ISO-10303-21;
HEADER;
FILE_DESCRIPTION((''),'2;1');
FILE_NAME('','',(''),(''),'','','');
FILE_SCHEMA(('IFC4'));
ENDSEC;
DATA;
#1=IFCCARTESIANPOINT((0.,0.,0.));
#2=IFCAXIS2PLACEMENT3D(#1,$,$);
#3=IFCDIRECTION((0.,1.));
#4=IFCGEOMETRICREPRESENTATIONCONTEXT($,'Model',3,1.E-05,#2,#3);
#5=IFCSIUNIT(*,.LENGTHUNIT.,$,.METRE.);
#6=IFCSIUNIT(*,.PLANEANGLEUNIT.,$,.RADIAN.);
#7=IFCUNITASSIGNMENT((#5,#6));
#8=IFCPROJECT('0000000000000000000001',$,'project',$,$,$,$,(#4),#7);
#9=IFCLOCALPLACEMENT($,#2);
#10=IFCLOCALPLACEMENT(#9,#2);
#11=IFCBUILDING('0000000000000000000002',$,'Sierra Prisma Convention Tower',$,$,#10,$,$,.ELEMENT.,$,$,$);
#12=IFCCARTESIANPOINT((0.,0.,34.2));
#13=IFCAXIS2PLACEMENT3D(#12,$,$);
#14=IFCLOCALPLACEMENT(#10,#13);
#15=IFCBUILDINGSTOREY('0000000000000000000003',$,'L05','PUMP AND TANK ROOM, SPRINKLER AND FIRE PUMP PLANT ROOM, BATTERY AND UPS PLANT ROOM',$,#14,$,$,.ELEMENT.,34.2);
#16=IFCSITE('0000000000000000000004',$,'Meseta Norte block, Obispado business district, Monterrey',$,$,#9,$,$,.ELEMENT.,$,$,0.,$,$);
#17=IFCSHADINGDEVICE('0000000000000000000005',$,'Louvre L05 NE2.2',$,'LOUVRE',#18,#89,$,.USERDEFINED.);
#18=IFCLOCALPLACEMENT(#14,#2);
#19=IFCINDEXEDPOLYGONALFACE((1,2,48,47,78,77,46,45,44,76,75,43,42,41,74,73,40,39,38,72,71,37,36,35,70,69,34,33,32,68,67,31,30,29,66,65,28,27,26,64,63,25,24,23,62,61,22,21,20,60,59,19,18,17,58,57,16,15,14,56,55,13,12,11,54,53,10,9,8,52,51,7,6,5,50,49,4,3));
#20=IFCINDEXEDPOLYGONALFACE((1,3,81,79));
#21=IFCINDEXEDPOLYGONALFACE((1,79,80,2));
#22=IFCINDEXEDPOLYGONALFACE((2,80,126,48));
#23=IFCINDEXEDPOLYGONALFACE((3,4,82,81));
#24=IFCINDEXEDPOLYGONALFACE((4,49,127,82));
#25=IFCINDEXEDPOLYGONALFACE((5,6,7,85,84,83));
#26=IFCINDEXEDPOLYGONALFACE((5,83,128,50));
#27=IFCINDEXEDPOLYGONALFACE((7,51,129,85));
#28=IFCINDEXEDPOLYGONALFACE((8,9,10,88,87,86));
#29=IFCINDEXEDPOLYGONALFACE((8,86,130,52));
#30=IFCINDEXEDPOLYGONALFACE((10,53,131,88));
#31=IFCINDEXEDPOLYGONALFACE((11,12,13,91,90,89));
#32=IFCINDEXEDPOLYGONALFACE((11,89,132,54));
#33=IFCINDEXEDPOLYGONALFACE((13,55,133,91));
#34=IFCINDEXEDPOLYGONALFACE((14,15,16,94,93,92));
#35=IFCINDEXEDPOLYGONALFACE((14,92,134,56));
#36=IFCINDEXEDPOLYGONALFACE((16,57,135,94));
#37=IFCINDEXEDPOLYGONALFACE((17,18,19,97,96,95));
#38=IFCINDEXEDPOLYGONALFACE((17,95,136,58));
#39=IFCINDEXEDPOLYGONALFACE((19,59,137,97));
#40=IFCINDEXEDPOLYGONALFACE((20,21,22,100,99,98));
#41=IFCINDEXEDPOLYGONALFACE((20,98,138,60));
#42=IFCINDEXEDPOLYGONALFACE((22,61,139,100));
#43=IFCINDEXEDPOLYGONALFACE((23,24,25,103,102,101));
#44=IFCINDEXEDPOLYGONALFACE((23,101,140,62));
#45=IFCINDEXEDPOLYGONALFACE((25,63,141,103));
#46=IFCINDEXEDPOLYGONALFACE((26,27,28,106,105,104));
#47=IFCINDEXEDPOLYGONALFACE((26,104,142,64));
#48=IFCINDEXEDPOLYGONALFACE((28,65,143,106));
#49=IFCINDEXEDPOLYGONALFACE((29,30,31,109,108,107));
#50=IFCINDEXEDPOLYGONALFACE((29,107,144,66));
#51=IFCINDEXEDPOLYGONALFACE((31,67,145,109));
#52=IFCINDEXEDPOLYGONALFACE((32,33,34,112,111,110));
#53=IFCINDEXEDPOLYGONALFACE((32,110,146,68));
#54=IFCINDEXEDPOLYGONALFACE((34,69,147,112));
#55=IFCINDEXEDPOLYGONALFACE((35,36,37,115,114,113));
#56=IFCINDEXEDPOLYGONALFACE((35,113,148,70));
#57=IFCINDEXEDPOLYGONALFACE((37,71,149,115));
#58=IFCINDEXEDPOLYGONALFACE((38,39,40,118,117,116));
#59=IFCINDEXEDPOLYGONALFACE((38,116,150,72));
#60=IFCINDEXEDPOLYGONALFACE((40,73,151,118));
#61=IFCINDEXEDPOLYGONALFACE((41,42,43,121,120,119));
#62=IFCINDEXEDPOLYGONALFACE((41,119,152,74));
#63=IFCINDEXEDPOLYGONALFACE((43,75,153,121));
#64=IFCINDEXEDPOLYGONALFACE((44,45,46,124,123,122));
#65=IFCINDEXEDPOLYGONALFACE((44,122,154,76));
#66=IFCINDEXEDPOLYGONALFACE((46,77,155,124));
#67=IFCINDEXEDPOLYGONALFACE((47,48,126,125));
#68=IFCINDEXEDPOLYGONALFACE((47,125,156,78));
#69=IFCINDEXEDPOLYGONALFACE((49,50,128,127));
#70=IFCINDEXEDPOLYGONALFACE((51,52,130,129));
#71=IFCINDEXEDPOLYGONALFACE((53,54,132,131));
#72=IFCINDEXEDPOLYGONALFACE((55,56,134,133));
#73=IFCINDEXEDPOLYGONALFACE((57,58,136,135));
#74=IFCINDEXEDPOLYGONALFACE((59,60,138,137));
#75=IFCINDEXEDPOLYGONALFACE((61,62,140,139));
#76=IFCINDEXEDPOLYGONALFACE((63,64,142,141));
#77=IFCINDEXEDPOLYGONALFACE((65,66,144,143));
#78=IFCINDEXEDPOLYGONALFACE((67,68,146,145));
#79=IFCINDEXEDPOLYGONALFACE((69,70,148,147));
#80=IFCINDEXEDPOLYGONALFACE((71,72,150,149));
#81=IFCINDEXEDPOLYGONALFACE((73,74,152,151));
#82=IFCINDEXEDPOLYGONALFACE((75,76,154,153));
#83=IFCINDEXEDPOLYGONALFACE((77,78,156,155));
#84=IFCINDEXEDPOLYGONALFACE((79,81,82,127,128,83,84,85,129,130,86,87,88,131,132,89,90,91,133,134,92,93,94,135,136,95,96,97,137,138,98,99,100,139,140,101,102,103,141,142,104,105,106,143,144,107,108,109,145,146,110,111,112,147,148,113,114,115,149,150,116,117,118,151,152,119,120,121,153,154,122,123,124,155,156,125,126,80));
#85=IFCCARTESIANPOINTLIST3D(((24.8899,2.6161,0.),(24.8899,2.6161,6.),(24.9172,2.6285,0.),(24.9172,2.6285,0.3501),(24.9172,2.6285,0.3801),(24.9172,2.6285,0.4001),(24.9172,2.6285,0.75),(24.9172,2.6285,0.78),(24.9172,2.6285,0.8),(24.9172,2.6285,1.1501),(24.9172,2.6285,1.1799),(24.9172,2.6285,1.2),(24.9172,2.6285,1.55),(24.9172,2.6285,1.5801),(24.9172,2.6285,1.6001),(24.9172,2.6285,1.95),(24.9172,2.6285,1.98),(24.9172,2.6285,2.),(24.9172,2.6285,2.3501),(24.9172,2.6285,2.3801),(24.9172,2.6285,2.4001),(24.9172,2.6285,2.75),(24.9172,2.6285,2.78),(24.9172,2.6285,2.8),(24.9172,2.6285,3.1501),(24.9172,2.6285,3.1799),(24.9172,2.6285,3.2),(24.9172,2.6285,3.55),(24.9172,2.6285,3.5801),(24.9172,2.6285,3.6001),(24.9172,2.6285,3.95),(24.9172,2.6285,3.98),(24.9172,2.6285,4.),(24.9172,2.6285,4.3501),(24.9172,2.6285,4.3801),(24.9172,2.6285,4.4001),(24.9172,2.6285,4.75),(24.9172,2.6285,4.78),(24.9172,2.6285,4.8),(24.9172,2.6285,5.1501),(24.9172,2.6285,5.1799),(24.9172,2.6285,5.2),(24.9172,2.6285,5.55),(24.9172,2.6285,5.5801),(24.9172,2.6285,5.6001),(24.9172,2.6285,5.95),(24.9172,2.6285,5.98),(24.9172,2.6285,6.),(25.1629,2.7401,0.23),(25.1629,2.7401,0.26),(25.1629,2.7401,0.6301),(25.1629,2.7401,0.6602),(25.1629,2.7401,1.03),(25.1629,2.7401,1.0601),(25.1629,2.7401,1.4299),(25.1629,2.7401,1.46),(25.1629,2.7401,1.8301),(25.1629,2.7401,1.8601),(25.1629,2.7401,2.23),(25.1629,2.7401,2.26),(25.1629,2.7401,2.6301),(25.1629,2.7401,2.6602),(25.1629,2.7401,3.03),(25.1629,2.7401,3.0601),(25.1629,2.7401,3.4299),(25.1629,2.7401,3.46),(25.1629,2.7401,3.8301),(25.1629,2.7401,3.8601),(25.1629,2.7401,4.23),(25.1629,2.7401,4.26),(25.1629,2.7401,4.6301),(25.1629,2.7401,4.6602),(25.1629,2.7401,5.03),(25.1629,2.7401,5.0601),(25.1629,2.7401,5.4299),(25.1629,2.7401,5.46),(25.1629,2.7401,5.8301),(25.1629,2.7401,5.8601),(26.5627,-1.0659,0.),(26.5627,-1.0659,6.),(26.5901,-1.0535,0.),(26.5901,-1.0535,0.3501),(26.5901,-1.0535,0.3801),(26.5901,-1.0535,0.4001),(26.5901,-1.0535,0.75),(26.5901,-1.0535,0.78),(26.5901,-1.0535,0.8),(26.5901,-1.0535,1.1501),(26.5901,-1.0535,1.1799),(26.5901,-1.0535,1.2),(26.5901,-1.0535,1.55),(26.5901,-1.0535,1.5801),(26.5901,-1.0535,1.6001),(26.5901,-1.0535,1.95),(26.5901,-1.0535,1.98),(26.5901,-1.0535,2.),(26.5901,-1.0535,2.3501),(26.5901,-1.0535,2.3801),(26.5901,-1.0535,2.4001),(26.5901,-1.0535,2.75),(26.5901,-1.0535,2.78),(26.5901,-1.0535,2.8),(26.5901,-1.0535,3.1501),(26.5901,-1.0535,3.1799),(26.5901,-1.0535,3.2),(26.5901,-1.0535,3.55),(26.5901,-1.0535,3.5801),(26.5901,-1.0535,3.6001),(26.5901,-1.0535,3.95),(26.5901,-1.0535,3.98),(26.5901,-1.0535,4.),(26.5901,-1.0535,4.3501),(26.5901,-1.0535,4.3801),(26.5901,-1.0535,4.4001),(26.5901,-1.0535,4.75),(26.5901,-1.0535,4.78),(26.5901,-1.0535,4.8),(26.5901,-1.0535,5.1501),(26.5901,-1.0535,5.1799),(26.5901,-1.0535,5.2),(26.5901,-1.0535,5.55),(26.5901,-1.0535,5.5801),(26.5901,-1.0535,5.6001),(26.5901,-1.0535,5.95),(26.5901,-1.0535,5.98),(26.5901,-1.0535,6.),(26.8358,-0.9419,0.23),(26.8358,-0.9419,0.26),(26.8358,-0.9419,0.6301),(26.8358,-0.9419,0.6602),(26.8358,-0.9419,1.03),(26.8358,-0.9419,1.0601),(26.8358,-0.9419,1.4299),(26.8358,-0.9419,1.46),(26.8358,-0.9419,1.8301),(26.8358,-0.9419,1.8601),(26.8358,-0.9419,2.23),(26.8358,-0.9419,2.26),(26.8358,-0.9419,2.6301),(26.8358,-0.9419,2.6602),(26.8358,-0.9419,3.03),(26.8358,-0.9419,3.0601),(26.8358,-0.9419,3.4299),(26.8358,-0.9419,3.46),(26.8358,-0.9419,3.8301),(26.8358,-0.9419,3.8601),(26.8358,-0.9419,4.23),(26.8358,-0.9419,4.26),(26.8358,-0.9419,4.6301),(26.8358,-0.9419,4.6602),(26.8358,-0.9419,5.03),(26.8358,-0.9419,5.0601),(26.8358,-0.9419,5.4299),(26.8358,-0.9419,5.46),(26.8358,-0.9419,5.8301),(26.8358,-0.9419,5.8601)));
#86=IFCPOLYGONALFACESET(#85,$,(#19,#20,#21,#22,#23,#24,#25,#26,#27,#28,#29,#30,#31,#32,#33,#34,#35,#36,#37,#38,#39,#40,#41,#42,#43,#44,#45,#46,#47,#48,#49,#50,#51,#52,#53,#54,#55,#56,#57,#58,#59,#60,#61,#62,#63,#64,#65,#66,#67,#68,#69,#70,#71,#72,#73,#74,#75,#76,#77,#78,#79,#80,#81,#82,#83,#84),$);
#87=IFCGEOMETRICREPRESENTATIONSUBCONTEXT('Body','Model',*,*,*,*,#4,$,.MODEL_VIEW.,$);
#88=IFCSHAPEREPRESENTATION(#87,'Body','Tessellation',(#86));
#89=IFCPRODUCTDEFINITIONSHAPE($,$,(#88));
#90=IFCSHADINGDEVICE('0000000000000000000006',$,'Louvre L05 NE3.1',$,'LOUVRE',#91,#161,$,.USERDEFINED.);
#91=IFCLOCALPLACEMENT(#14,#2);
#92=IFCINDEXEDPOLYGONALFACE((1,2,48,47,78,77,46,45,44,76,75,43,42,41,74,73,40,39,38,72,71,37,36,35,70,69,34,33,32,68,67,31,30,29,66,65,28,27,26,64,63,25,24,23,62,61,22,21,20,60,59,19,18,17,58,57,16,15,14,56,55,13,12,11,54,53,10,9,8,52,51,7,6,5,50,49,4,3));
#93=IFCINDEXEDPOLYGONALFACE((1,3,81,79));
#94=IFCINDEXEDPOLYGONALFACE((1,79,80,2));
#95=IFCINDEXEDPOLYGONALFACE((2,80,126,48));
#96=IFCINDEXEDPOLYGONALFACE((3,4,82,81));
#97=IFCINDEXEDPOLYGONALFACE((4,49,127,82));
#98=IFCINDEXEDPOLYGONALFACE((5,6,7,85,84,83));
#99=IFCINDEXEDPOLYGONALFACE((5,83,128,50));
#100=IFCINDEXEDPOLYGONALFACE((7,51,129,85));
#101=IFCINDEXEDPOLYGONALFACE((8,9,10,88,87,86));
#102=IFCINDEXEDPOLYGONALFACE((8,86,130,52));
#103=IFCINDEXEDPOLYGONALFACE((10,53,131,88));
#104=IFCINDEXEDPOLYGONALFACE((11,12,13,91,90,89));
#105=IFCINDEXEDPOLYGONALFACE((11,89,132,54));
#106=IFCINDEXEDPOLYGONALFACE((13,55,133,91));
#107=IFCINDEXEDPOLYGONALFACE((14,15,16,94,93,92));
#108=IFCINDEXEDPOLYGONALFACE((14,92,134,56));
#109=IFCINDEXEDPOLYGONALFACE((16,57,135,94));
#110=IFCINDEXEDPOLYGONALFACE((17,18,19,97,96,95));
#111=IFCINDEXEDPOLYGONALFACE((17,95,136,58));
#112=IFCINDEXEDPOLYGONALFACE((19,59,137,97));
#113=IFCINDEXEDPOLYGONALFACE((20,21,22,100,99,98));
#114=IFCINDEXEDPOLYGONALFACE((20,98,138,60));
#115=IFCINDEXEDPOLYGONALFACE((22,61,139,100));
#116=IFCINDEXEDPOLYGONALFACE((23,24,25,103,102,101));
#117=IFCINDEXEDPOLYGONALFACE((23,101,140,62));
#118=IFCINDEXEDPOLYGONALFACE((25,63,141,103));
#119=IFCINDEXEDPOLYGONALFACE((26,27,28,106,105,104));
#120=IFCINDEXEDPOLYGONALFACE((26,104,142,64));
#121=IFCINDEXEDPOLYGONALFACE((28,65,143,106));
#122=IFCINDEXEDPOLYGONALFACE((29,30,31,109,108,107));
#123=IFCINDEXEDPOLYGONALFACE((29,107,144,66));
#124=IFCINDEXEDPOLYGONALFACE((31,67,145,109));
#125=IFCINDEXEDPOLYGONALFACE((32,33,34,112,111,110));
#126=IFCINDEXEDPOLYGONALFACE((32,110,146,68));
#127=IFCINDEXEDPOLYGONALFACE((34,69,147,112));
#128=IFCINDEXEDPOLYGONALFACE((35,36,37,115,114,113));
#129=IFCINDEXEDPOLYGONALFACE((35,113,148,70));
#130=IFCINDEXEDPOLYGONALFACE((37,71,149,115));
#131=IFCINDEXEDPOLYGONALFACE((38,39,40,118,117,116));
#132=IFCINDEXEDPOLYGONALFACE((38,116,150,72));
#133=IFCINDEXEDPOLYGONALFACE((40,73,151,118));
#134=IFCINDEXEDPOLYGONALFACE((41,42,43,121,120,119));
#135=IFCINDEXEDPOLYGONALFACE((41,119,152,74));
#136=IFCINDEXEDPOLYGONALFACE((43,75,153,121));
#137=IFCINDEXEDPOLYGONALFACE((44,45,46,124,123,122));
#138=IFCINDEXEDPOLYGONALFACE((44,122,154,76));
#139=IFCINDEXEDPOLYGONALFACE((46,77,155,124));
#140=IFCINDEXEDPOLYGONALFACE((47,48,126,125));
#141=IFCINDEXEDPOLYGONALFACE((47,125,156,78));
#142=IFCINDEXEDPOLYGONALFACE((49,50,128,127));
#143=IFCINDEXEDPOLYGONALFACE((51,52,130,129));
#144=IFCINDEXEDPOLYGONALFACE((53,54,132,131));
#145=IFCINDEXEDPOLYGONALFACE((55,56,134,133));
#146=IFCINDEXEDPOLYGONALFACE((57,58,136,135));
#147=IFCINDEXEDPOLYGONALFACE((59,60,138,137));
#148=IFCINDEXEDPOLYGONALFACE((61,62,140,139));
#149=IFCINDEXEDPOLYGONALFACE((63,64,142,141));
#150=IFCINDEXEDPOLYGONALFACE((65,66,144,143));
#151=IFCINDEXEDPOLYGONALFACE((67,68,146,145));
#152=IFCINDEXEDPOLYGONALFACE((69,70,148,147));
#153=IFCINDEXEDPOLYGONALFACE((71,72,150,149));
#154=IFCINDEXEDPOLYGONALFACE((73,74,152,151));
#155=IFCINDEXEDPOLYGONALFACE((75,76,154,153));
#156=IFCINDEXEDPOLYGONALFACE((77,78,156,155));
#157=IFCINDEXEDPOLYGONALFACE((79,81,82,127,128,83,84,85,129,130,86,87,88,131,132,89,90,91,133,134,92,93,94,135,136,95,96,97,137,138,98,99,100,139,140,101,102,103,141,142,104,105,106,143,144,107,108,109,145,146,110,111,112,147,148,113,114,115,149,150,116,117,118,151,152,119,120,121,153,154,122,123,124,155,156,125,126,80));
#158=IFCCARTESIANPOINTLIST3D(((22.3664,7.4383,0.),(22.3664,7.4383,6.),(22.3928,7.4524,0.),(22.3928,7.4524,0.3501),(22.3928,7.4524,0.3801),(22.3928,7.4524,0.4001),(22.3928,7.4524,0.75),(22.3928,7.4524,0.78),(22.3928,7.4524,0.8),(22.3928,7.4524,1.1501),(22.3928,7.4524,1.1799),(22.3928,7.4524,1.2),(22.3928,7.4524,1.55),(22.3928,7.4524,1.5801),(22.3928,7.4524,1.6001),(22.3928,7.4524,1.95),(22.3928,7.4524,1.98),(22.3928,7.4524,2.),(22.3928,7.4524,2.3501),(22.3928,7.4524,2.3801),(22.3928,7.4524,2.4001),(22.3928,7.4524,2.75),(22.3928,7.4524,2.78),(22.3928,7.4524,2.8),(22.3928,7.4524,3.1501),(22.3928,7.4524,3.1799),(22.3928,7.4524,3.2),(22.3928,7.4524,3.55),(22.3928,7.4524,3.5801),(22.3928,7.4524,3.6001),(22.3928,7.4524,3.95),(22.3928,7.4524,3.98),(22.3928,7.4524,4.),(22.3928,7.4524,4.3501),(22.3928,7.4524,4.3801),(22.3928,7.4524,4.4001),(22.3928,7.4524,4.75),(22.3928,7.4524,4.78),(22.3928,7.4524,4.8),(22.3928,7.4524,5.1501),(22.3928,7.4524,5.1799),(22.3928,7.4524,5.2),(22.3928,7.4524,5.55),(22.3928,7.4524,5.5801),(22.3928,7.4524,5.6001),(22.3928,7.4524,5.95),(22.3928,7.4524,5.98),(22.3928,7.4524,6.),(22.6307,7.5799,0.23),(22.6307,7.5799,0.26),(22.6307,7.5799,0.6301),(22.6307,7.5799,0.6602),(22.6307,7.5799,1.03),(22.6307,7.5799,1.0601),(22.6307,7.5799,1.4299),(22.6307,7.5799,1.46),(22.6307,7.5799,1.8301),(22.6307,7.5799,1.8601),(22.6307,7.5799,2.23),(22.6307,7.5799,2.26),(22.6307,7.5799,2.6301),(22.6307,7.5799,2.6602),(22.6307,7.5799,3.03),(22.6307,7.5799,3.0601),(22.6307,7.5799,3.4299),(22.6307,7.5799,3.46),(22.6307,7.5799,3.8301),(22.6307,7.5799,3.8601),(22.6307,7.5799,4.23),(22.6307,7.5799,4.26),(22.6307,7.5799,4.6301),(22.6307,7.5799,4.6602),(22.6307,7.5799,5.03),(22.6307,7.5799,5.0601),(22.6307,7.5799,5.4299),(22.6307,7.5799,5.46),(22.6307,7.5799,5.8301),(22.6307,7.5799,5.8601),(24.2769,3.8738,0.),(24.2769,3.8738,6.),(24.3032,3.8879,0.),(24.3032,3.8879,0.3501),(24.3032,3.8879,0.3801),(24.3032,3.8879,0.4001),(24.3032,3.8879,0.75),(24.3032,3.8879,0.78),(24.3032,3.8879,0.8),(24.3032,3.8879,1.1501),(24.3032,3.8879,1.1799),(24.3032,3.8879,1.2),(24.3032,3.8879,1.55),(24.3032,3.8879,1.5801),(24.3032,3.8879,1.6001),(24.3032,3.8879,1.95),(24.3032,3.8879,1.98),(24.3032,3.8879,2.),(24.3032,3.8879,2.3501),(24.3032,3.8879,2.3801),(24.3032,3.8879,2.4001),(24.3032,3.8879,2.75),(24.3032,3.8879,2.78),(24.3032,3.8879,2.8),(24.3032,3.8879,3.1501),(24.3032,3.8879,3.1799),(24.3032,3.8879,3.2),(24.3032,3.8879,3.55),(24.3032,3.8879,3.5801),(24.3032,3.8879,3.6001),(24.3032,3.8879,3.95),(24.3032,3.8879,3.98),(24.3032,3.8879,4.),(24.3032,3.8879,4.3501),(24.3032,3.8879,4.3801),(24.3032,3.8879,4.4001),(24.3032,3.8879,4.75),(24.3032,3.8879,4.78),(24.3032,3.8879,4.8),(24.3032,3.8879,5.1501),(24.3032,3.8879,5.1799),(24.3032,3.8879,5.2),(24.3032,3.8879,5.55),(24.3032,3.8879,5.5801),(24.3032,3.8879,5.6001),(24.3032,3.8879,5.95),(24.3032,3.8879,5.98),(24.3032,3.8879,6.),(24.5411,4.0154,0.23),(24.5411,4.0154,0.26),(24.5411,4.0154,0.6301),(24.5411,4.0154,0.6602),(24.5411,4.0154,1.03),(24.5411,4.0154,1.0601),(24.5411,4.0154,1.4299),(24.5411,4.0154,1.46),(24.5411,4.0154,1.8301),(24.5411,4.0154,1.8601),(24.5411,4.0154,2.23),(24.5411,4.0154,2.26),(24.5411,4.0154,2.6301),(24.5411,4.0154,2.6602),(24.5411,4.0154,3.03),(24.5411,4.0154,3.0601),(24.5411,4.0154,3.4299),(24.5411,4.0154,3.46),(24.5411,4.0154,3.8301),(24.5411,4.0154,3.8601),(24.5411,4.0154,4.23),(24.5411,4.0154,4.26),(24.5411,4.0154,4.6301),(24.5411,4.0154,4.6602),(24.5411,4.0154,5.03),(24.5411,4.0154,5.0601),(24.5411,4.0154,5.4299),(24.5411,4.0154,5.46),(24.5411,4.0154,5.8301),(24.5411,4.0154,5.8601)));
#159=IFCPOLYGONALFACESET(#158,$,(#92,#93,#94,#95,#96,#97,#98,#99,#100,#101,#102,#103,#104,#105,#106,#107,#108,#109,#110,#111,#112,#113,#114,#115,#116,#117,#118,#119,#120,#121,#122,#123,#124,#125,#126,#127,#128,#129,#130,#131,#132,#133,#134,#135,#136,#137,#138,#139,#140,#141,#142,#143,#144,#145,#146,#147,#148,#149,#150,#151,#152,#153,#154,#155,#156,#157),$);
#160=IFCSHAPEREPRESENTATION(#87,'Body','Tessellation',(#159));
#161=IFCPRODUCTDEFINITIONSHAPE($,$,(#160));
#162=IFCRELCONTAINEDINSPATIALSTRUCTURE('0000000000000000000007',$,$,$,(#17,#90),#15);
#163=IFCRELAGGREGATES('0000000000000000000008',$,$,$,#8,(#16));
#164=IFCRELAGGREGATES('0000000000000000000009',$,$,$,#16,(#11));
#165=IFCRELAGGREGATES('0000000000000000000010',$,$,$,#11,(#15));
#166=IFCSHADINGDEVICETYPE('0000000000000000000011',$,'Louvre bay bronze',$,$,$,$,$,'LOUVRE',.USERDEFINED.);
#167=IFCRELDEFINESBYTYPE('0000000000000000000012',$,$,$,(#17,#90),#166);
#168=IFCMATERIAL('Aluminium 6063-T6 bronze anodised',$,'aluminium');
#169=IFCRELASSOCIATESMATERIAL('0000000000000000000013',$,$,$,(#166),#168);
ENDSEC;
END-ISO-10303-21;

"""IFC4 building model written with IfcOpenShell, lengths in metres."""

from ifc_helpers import new_model, si_unit, direction, frame, origin, place, context, subcontext, project, spatial, polyline, outline, extrude, material, type_object, element, save


model = new_model("IFC4")

# Units and contexts
model_context = context("Model", 3, precision=1e-05, world=origin(), true_north=direction((0.0, 1.0)))
body_context = subcontext(model_context, "Body", "Model", "MODEL_VIEW")
ifc_project = project(units=[si_unit("LENGTHUNIT", "METRE"), si_unit("PLANEANGLEUNIT", "RADIAN")], contexts=[model_context])

# Site, building, storey
site_placement = place(None, origin())
site = spatial("IfcSite", under=ifc_project, at=site_placement, Name="Meseta Norte block, Obispado business district, Monterrey", CompositionType="ELEMENT", RefElevation=0.0)
building_placement = place(site_placement, origin())
building = spatial("IfcBuilding", under=site, at=building_placement, Name="Sierra Prisma Convention Tower", CompositionType="ELEMENT")
storey_placement = place(building_placement, frame((0.0, 0.0, 34.2)))
storey = spatial("IfcBuildingStorey", under=building, at=storey_placement, Name="L05", Description="PUMP AND TANK ROOM, SPRINKLER AND FIRE PUMP PLANT ROOM, BATTERY AND UPS PLANT ROOM", CompositionType="ELEMENT", Elevation=34.2)

# Shading devices
ifc_material_1 = material(Name="Aluminium 6063-T6 bronze anodised", Category="aluminium")
shading_device_type = type_object("IfcShadingDeviceType", Name="Louvre bay bronze", ElementType="LOUVRE", PredefinedType="USERDEFINED", material=ifc_material_1)
shading_device_1_placement = place(storey_placement, frame((26.5627, -1.0659, 0.0), z_axis=(0.413647, -0.910437, 0.0), x_axis=(0.0, 0.0, 1.0)))
element("IfcShadingDevice", 1, at=shading_device_1_placement, inside=storey, type_object=shading_device_type, Name="Louvre L05 NE2.2", ObjectType="LOUVRE", PredefinedType="USERDEFINED", context=body_context, shape_type="SweptSolid", body=[
    extrude(outline(polyline([(0.0, 0.0), (6.0, 0.0), (6.0, -0.03), (5.98, -0.03), (5.8601, -0.2999), (5.8301, -0.2999), (5.95, -0.03), (5.6001, -0.03), (5.5801, -0.03), (5.46, -0.2999), (5.4299, -0.2999), (5.55, -0.03), (5.2, -0.03), (5.1799, -0.03), (5.0601, -0.2999), (5.03, -0.2999), (5.1501, -0.03), (4.8, -0.03), (4.78, -0.03), (4.6602, -0.2999), (4.6301, -0.2999), (4.75, -0.03), (4.4001, -0.03), (4.3801, -0.03), (4.26, -0.2999), (4.23, -0.2999), (4.3501, -0.03), (4.0, -0.03), (3.98, -0.03), (3.8601, -0.2999), (3.8301, -0.2999), (3.95, -0.03), (3.6001, -0.03), (3.5801, -0.03), (3.46, -0.2999), (3.4299, -0.2999), (3.55, -0.03), (3.2, -0.03), (3.1799, -0.03), (3.0601, -0.2999), (3.03, -0.2999), (3.1501, -0.03), (2.8, -0.03), (2.78, -0.03), (2.6602, -0.2999), (2.6301, -0.2999), (2.75, -0.03), (2.4001, -0.03), (2.3801, -0.03), (2.26, -0.2999), (2.23, -0.2999), (2.3501, -0.03), (2.0, -0.03), (1.98, -0.03), (1.8601, -0.2999), (1.8301, -0.2999), (1.95, -0.03), (1.6001, -0.03), (1.5801, -0.03), (1.46, -0.2999), (1.4299, -0.2999), (1.55, -0.03), (1.2, -0.03), (1.1799, -0.03), (1.0601, -0.2999), (1.03, -0.2999), (1.1501, -0.03), (0.8, -0.03), (0.78, -0.03), (0.6602, -0.2999), (0.6301, -0.2999), (0.75, -0.03), (0.4001, -0.03), (0.3801, -0.03), (0.26, -0.2999), (0.23, -0.2999), (0.3501, -0.03), (0.0, -0.03), (0.0, 0.0)])), origin(), (0.0, 0.0, -1.0), 4.0442),
])
shading_device_2_placement = place(storey_placement, frame((24.2769, 3.8738, 0.0), z_axis=(0.472387, -0.881391, 0.0), x_axis=(0.0, 0.0, 1.0)))
element("IfcShadingDevice", 2, at=shading_device_2_placement, inside=storey, type_object=shading_device_type, Name="Louvre L05 NE3.1", ObjectType="LOUVRE", PredefinedType="USERDEFINED", context=body_context, shape_type="SweptSolid", body=[
    extrude(outline(polyline([(0.0, 0.0), (6.0, 0.0), (6.0, -0.0299), (5.98, -0.0299), (5.8601, -0.2998), (5.8301, -0.2998), (5.95, -0.0299), (5.6001, -0.0299), (5.5801, -0.0299), (5.46, -0.2998), (5.4299, -0.2998), (5.55, -0.0299), (5.2, -0.0299), (5.1799, -0.0299), (5.0601, -0.2998), (5.03, -0.2998), (5.1501, -0.0299), (4.8, -0.0299), (4.78, -0.0299), (4.6602, -0.2998), (4.6301, -0.2998), (4.75, -0.0299), (4.4001, -0.0299), (4.3801, -0.0299), (4.26, -0.2998), (4.23, -0.2998), (4.3501, -0.0299), (4.0, -0.0299), (3.98, -0.0299), (3.8601, -0.2998), (3.8301, -0.2998), (3.95, -0.0299), (3.6001, -0.0299), (3.5801, -0.0299), (3.46, -0.2998), (3.4299, -0.2998), (3.55, -0.0299), (3.2, -0.0299), (3.1799, -0.0299), (3.0601, -0.2998), (3.03, -0.2998), (3.1501, -0.0299), (2.8, -0.0299), (2.78, -0.0299), (2.6602, -0.2998), (2.6301, -0.2998), (2.75, -0.0299), (2.4001, -0.0299), (2.3801, -0.0299), (2.26, -0.2998), (2.23, -0.2998), (2.3501, -0.0299), (2.0, -0.0299), (1.98, -0.0299), (1.8601, -0.2998), (1.8301, -0.2998), (1.95, -0.0299), (1.6001, -0.0299), (1.5801, -0.0299), (1.46, -0.2998), (1.4299, -0.2998), (1.55, -0.0299), (1.2, -0.0299), (1.1799, -0.0299), (1.0601, -0.2998), (1.03, -0.2998), (1.1501, -0.0299), (0.8, -0.0299), (0.78, -0.0299), (0.6602, -0.2998), (0.6301, -0.2998), (0.75, -0.0299), (0.4001, -0.0299), (0.3801, -0.0299), (0.26, -0.2998), (0.23, -0.2998), (0.3501, -0.0299), (0.0, -0.0299), (0.0, 0.0)])), origin(), (0.0, 0.0, -1.0), 4.0442),
])

save(model, "model.ifc")
